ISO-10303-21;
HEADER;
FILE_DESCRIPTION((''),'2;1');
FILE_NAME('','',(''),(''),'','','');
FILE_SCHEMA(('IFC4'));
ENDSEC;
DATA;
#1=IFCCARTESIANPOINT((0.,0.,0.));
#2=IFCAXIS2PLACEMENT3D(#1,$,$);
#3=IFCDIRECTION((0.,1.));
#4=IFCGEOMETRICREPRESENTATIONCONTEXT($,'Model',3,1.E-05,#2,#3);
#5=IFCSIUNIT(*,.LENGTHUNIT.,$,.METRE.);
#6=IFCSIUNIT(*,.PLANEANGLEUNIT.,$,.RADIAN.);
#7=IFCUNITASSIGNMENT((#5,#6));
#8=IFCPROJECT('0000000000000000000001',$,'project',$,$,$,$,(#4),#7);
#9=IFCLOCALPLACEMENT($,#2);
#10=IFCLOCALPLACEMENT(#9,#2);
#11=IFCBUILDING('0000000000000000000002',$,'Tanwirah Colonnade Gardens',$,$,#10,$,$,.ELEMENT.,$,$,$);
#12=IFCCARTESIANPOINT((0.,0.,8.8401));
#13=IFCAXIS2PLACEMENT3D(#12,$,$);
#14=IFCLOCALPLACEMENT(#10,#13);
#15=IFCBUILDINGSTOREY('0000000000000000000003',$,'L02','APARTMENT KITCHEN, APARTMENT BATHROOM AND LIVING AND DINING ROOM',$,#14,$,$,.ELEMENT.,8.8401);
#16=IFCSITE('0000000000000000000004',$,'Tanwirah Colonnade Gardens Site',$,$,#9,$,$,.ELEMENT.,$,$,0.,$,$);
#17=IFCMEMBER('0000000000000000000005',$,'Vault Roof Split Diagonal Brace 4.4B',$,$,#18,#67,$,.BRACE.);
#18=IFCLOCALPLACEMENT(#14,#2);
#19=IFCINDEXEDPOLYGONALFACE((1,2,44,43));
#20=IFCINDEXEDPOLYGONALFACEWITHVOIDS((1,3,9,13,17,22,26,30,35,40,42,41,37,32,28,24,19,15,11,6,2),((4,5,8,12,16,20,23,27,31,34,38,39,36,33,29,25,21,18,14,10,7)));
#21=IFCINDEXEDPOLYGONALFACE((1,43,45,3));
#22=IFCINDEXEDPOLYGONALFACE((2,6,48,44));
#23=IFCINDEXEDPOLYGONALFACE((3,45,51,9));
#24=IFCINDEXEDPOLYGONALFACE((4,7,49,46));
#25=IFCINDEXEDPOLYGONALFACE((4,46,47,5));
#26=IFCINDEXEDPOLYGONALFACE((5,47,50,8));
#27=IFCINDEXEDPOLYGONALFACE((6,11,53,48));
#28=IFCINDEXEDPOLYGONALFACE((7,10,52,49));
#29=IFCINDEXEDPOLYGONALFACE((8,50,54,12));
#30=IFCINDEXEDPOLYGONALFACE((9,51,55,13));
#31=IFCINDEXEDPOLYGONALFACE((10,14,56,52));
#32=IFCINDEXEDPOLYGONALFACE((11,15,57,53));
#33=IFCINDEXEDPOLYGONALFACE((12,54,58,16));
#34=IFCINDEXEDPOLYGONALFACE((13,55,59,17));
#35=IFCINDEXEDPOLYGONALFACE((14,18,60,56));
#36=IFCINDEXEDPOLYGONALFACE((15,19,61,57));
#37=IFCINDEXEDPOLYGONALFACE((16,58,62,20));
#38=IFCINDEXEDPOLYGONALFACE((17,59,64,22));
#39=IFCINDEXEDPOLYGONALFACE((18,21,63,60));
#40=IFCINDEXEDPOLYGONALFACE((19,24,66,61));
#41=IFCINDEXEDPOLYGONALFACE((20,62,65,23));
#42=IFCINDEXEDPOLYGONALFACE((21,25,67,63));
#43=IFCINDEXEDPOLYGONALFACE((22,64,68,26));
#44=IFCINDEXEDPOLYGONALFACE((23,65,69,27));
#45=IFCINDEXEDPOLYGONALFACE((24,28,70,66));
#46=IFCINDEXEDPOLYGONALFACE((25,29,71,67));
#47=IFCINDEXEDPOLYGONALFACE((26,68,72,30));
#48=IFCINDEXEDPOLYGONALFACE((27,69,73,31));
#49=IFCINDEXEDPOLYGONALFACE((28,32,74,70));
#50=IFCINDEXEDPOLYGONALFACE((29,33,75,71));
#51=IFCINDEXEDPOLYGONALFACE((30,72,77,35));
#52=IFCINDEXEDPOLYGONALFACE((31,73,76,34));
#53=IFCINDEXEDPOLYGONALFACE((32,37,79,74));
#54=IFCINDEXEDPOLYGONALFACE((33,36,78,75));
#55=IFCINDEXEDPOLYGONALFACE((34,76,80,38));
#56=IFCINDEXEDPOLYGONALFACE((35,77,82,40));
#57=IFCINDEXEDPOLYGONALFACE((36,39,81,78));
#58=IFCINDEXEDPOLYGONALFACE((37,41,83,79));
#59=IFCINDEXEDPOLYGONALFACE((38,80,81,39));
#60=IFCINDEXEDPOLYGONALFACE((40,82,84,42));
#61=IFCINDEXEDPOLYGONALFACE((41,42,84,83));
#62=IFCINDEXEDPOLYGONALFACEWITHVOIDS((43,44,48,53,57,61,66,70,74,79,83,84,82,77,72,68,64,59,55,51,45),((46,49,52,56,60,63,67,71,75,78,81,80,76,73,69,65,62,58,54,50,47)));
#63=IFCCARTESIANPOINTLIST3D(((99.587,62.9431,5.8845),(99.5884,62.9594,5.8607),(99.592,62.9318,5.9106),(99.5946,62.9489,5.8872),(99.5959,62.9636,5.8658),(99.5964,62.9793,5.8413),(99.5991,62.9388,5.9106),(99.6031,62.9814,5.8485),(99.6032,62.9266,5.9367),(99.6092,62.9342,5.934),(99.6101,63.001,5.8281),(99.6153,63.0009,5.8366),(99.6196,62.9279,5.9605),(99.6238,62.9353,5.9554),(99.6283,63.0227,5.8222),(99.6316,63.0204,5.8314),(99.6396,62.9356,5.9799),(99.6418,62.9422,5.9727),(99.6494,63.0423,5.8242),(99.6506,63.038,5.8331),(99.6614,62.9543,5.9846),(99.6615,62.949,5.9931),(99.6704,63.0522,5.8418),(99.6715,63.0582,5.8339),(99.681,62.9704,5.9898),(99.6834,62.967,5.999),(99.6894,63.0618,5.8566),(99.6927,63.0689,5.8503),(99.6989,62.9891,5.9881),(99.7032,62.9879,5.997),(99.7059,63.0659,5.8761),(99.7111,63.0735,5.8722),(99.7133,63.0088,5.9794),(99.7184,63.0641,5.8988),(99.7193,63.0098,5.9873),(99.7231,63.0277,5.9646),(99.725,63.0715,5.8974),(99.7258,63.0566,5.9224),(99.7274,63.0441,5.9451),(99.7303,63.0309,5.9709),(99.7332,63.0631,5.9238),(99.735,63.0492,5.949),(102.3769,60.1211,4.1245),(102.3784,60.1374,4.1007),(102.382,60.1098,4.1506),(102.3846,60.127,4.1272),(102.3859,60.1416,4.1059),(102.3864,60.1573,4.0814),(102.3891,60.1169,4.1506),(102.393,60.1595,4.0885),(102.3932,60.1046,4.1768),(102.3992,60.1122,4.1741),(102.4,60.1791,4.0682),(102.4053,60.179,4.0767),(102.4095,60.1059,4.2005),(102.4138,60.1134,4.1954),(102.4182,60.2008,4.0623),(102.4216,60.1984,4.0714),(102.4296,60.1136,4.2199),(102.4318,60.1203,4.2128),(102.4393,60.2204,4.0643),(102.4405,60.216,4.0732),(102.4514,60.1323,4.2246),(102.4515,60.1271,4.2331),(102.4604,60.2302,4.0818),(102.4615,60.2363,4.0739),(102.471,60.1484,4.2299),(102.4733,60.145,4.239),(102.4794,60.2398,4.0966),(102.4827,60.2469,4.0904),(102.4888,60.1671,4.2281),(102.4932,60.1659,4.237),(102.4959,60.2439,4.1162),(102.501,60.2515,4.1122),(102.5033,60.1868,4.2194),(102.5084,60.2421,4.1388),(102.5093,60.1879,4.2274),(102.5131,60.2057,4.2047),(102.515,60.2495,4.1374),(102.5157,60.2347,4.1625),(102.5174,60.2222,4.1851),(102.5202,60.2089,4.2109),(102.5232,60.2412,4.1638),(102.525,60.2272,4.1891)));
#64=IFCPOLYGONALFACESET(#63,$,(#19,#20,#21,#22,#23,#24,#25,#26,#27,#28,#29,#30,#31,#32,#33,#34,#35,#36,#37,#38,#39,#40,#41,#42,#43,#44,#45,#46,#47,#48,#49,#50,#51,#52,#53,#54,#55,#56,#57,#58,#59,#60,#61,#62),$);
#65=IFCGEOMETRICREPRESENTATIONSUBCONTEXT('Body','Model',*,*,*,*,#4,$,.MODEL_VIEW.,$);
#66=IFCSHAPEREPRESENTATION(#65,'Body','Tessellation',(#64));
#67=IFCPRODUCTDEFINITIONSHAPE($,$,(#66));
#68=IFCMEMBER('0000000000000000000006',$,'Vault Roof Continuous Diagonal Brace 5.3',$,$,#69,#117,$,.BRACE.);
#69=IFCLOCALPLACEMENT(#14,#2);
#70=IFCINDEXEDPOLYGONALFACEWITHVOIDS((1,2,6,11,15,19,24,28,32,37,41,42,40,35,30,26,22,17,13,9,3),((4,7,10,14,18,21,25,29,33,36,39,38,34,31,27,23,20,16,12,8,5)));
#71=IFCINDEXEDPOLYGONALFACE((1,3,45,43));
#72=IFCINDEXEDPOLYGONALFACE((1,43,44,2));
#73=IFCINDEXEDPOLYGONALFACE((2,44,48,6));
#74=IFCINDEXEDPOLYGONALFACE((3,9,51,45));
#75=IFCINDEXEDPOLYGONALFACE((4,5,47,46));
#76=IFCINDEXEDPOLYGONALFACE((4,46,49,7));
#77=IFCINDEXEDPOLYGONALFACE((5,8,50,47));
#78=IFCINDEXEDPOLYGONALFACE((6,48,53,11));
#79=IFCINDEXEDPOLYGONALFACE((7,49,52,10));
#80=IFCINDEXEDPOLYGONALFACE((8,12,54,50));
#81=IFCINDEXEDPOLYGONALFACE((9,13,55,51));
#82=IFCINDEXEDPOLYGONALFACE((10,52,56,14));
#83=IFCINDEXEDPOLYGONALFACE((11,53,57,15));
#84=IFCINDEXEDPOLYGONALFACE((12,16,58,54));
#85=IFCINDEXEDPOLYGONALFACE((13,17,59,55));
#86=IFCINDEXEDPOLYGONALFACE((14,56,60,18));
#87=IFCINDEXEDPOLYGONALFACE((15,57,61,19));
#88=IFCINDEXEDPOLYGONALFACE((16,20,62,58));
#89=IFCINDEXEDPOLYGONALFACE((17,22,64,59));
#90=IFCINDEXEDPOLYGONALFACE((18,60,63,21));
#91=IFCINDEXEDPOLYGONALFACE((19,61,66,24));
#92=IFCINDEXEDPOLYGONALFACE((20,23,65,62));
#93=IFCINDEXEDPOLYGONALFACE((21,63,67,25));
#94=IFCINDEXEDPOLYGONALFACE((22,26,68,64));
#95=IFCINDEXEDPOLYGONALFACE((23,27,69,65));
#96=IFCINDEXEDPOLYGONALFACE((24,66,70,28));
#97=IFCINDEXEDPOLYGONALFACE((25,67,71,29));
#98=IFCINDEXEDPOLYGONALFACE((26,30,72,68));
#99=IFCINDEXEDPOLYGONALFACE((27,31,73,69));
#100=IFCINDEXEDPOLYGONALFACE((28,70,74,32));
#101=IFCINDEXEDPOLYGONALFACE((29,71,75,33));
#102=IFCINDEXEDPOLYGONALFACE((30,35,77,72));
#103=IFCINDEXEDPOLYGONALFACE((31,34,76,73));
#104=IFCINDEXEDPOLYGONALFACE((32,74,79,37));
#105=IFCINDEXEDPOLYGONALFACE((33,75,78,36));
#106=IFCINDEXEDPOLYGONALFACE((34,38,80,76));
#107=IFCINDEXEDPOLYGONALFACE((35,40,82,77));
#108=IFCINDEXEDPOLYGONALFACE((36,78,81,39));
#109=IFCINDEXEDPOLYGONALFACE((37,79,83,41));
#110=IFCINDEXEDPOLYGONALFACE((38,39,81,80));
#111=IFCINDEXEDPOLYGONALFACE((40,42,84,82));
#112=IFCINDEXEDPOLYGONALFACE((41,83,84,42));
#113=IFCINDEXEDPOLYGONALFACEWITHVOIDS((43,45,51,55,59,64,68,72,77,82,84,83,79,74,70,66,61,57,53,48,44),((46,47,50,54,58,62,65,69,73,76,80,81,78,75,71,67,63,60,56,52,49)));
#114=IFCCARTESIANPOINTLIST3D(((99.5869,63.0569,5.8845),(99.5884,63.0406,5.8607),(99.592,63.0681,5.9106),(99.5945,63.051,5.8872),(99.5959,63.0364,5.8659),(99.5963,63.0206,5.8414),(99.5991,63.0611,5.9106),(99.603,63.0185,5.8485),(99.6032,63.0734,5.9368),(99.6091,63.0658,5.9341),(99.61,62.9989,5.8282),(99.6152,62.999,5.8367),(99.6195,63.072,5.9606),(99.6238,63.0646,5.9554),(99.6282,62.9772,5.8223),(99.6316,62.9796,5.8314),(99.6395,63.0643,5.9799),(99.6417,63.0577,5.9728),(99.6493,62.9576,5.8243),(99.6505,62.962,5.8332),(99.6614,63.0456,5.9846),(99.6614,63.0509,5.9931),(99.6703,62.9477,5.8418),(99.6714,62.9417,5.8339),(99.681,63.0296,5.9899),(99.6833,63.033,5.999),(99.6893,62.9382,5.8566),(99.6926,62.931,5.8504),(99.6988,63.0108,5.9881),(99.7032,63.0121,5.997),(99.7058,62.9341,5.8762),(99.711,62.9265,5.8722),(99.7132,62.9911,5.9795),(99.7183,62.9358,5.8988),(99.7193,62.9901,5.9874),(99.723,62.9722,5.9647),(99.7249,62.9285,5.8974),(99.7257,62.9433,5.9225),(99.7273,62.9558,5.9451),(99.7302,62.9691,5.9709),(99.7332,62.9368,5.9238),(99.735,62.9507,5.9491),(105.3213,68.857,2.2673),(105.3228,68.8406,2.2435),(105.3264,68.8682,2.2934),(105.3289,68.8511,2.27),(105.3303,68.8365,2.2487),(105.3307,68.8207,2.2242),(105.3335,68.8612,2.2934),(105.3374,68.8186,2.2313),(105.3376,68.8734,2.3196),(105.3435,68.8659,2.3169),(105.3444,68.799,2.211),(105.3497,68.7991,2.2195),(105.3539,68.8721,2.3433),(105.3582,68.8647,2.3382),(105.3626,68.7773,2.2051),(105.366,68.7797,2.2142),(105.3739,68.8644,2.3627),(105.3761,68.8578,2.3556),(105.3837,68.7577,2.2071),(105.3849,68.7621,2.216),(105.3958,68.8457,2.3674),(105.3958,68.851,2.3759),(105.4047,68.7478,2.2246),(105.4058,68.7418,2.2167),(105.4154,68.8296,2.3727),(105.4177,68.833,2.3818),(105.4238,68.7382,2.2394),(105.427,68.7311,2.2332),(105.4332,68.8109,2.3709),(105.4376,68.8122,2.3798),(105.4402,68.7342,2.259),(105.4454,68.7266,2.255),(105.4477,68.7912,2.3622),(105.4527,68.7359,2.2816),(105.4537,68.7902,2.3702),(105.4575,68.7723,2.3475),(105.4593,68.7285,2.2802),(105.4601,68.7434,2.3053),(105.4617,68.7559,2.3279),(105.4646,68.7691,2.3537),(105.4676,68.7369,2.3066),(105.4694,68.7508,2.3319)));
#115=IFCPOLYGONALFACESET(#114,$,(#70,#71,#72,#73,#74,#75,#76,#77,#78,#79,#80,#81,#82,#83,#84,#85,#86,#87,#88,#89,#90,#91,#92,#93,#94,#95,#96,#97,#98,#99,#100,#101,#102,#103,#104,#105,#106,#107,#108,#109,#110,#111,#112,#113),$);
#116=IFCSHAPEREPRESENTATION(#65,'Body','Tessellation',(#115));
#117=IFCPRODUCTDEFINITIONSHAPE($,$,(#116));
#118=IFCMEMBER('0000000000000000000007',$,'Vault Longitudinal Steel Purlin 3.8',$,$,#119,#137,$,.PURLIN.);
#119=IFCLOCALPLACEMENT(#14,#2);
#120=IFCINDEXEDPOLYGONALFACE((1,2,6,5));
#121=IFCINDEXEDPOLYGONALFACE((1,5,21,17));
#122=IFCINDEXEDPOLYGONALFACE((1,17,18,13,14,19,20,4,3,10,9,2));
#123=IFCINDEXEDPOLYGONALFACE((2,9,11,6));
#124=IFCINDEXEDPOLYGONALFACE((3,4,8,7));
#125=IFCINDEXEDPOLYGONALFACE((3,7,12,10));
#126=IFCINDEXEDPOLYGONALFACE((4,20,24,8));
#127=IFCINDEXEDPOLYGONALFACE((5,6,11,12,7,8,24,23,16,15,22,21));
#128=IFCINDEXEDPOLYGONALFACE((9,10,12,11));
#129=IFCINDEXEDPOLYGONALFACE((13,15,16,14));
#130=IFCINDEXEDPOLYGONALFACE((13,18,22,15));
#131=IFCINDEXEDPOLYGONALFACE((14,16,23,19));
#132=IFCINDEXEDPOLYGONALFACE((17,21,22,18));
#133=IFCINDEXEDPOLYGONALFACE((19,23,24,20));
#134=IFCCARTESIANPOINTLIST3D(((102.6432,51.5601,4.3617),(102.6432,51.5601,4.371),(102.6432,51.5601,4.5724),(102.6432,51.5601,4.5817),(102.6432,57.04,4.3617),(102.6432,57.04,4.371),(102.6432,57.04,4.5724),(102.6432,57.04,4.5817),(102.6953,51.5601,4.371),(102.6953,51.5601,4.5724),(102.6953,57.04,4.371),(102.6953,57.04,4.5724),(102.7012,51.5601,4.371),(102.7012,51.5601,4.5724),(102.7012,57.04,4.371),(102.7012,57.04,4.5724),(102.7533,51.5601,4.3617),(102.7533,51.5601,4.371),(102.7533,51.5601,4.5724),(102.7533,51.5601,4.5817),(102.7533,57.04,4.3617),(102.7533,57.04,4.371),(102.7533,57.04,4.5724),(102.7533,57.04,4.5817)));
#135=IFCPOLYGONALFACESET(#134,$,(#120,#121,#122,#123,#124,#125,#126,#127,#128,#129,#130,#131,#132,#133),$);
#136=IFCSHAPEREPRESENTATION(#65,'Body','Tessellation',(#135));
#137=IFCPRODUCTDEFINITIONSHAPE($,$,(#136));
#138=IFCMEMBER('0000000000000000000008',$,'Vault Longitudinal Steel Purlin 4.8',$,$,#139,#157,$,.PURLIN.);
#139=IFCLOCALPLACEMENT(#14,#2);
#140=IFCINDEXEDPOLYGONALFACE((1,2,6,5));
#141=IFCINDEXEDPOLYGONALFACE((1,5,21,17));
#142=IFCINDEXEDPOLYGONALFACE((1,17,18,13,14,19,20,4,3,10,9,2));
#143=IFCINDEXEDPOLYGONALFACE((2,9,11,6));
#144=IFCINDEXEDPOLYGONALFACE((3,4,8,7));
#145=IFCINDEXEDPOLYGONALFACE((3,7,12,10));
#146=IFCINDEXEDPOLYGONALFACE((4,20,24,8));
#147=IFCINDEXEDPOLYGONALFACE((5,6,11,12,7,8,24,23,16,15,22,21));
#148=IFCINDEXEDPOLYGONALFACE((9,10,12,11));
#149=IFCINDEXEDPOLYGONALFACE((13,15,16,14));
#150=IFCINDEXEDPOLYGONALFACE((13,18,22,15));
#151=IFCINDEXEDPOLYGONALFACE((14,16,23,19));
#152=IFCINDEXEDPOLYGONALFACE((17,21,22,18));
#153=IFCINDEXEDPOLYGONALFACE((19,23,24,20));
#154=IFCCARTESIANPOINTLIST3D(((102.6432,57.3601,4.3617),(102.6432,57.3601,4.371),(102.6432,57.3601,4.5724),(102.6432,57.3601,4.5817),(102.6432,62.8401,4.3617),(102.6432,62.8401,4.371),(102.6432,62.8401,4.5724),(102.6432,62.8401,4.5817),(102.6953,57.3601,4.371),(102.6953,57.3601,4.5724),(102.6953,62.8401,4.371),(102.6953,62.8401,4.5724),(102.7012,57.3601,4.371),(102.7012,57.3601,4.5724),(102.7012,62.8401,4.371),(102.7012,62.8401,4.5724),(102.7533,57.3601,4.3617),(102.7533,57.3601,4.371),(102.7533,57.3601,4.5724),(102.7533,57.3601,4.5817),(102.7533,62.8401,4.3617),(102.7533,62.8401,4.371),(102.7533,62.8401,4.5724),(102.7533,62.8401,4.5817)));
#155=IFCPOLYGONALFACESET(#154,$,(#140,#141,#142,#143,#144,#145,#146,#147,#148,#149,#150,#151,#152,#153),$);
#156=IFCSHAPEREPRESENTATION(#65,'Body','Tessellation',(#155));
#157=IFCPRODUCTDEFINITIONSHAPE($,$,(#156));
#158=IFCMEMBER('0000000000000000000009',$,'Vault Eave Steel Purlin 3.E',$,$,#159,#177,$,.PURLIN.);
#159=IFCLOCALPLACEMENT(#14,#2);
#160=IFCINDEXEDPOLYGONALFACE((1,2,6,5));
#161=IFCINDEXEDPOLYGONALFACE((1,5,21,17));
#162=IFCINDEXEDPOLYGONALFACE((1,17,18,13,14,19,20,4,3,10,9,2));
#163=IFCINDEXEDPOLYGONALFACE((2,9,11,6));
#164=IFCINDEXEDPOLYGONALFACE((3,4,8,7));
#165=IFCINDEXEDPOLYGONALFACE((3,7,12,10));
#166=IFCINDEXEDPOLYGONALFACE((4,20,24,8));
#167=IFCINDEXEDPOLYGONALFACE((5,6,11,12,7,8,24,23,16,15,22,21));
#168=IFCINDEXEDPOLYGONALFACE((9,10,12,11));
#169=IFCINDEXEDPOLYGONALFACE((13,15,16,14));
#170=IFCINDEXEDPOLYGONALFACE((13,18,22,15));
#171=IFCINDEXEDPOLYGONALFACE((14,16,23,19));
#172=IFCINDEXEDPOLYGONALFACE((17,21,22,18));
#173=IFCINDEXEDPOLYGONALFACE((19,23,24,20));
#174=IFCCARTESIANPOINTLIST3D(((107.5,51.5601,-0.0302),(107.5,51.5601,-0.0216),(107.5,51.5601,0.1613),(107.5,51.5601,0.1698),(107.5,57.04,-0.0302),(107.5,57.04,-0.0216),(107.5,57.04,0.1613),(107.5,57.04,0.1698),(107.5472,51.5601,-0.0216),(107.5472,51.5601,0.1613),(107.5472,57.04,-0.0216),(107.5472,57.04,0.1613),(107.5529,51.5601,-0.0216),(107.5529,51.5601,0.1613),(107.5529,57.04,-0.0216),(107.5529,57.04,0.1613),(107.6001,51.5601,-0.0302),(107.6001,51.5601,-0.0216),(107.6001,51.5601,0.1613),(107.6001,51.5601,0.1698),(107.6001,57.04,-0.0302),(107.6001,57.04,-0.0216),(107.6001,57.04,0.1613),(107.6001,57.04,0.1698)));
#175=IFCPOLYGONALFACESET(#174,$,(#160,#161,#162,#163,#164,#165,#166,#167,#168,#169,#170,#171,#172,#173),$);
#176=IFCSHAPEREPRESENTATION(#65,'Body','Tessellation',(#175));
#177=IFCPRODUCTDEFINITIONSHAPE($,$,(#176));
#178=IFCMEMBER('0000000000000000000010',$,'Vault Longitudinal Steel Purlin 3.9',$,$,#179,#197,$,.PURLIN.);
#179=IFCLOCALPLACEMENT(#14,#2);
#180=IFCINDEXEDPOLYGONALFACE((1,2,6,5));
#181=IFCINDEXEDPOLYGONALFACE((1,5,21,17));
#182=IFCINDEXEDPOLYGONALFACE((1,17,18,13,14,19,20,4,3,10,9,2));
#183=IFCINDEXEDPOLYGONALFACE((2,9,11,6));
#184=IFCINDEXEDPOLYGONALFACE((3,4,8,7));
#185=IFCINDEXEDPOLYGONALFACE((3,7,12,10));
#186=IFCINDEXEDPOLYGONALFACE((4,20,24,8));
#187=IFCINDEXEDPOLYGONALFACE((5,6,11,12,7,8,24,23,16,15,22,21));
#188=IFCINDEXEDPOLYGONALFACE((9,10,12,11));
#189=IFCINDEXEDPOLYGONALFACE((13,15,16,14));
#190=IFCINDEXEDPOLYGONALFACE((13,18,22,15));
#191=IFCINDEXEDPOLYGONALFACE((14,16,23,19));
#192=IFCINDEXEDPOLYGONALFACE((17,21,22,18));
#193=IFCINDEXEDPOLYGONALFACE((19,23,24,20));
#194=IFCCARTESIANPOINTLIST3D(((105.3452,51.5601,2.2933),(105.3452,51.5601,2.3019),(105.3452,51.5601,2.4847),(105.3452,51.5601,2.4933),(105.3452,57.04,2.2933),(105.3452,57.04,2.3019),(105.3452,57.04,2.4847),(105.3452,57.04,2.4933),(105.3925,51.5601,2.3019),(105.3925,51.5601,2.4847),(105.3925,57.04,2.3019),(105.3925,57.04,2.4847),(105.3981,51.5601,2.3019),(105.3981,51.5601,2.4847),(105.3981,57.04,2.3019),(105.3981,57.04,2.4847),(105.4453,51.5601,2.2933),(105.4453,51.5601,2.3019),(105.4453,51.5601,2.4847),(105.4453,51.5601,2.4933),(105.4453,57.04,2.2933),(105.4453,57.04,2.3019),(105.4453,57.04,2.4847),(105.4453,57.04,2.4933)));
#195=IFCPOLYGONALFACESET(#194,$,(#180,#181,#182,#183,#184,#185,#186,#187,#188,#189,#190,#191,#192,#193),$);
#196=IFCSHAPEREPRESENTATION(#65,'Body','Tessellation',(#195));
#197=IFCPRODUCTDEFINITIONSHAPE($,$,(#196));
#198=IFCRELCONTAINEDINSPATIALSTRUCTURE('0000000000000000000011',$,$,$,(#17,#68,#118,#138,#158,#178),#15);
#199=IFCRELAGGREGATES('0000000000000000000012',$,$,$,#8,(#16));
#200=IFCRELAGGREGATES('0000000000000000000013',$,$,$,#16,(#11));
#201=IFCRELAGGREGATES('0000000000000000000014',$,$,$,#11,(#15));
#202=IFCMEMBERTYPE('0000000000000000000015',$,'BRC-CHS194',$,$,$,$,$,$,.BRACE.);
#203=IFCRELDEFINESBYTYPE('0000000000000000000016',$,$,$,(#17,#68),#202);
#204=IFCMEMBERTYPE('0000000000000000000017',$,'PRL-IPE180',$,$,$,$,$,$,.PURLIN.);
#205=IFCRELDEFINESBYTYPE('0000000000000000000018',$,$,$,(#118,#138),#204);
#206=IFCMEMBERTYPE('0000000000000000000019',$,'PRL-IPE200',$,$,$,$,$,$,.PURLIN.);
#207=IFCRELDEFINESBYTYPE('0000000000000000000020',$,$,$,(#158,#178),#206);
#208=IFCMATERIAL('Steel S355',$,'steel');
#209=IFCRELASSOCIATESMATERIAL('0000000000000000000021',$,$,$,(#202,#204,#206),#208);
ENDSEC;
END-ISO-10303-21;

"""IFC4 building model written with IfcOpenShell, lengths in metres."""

from ifc_helpers import new_model, si_unit, direction, frame, origin, origin_2d, place, context, subcontext, project, spatial, hollow_circle, i_section, extrude, material, material_profile, profile_set, type_object, element, save


model = new_model("IFC4")

# Units and contexts
model_context = context("Model", 3, precision=1e-05, world=origin(), true_north=direction((0.0, 1.0)))
body_context = subcontext(model_context, "Body", "Model", "MODEL_VIEW")
ifc_project = project(units=[si_unit("LENGTHUNIT", "METRE"), si_unit("PLANEANGLEUNIT", "RADIAN")], contexts=[model_context])

# Site, building, storey
site_placement = place(None, origin())
site = spatial("IfcSite", under=ifc_project, at=site_placement, Name="Tanwirah Colonnade Gardens Site", CompositionType="ELEMENT", RefElevation=0.0)
building_placement = place(site_placement, origin())
building = spatial("IfcBuilding", under=site, at=building_placement, Name="Tanwirah Colonnade Gardens", CompositionType="ELEMENT")
storey_placement = place(building_placement, frame((0.0, 0.0, 8.8401)))
storey = spatial("IfcBuildingStorey", under=building, at=storey_placement, Name="L02", Description="APARTMENT KITCHEN, APARTMENT BATHROOM AND LIVING AND DINING ROOM", CompositionType="ELEMENT", Elevation=8.8401)

# Members
ifc_material_1 = material(Name="Steel S355", Category="steel")
ifc_material_profile_1 = material_profile(ifc_material_1, hollow_circle(Radius=0.0969, WallThickness=0.01, at=origin_2d()), Name="CHS 193.7x10")
ifc_profile_set_1 = profile_set([ifc_material_profile_1], Name="Steel S355")
member_type_1 = type_object("IfcMemberType", Name="BRC-CHS194", PredefinedType="BRACE", material=ifc_profile_set_1)
for number, where, z_axis, x_axis, name in (
    (1, (102.4509, 60.178, 4.1506), (-0.642693, 0.65006, 0.405423), (-0.711125, -0.703066, 0.0), "Vault Roof Split Diagonal Brace 4.4B"),
):
    element("IfcMember", number, at=place(storey_placement, frame(where, z_axis=z_axis, x_axis=x_axis)), inside=storey, type_object=member_type_1, Name=name, PredefinedType="BRACE", context=body_context, shape_type="SweptSolid", body=[
        extrude(hollow_circle(Radius=0.0969, WallThickness=0.01, at=origin_2d()), origin(), (0.0, 0.0, 1.0), 4.3411),
    ])
member_1_placement = place(storey_placement, frame((99.6609, 63.0, 5.9106), z_axis=(0.642701, 0.650061, -0.405409), x_axis=(-0.711121, 0.703069, 0.0)))
element("IfcMember", 2, at=member_1_placement, inside=storey, type_object=member_type_1, Name="Vault Roof Continuous Diagonal Brace 5.3", PredefinedType="BRACE", context=body_context, shape_type="SweptSolid", body=[
    extrude(hollow_circle(Radius=0.0969, WallThickness=0.01, at=origin_2d()), origin(), (0.0, 0.0, 1.0), 8.9224),
])
ifc_material_profile_2 = material_profile(ifc_material_1, i_section(OverallWidth=0.1101, OverallDepth=0.22, WebThickness=0.0059, FlangeThickness=0.0093, at=origin_2d()), Name="IPE 220")
ifc_profile_set_2 = profile_set([ifc_material_profile_2], Name="Steel S355")
member_type_2 = type_object("IfcMemberType", Name="PRL-IPE180", PredefinedType="PURLIN", material=ifc_profile_set_2)
for number, where, z_axis, x_axis, name in (
    (3, (102.6982, 51.5601, 4.4717), (0.0, 1.0, 0.0), (-1.0, 0.0, 0.0), "Vault Longitudinal Steel Purlin 3.8"),
    (4, (102.6982, 57.3601, 4.4717), (0.0, 1.0, 0.0), (-1.0, 0.0, 0.0), "Vault Longitudinal Steel Purlin 4.8"),
):
    element("IfcMember", number, at=place(storey_placement, frame(where, z_axis=z_axis, x_axis=x_axis)), inside=storey, type_object=member_type_2, Name=name, PredefinedType="PURLIN", context=body_context, shape_type="SweptSolid", body=[
        extrude(i_section(OverallWidth=0.1101, OverallDepth=0.22, WebThickness=0.0059, FlangeThickness=0.0093, at=origin_2d()), origin(), (0.0, 0.0, 1.0), 5.48),
    ])
ifc_material_profile_3 = material_profile(ifc_material_1, i_section(OverallWidth=0.1001, OverallDepth=0.2, WebThickness=0.0056, FlangeThickness=0.0085, at=origin_2d()), Name="IPE 200")
ifc_profile_set_3 = profile_set([ifc_material_profile_3], Name="Steel S355")
member_type_3 = type_object("IfcMemberType", Name="PRL-IPE200", PredefinedType="PURLIN", material=ifc_profile_set_3)
for number, where, z_axis, x_axis, name in (
    (5, (107.55, 51.5601, 0.0698), (0.0, 1.0, 0.0), (-1.0, 0.0, 0.0), "Vault Eave Steel Purlin 3.E"),
    (6, (105.3953, 51.5601, 2.3933), (0.0, 1.0, 0.0), (-1.0, 0.0, 0.0), "Vault Longitudinal Steel Purlin 3.9"),
):
    element("IfcMember", number, at=place(storey_placement, frame(where, z_axis=z_axis, x_axis=x_axis)), inside=storey, type_object=member_type_3, Name=name, PredefinedType="PURLIN", context=body_context, shape_type="SweptSolid", body=[
        extrude(i_section(OverallWidth=0.1001, OverallDepth=0.2, WebThickness=0.0056, FlangeThickness=0.0085, at=origin_2d()), origin(), (0.0, 0.0, 1.0), 5.48),
    ])

save(model, "model.ifc")
